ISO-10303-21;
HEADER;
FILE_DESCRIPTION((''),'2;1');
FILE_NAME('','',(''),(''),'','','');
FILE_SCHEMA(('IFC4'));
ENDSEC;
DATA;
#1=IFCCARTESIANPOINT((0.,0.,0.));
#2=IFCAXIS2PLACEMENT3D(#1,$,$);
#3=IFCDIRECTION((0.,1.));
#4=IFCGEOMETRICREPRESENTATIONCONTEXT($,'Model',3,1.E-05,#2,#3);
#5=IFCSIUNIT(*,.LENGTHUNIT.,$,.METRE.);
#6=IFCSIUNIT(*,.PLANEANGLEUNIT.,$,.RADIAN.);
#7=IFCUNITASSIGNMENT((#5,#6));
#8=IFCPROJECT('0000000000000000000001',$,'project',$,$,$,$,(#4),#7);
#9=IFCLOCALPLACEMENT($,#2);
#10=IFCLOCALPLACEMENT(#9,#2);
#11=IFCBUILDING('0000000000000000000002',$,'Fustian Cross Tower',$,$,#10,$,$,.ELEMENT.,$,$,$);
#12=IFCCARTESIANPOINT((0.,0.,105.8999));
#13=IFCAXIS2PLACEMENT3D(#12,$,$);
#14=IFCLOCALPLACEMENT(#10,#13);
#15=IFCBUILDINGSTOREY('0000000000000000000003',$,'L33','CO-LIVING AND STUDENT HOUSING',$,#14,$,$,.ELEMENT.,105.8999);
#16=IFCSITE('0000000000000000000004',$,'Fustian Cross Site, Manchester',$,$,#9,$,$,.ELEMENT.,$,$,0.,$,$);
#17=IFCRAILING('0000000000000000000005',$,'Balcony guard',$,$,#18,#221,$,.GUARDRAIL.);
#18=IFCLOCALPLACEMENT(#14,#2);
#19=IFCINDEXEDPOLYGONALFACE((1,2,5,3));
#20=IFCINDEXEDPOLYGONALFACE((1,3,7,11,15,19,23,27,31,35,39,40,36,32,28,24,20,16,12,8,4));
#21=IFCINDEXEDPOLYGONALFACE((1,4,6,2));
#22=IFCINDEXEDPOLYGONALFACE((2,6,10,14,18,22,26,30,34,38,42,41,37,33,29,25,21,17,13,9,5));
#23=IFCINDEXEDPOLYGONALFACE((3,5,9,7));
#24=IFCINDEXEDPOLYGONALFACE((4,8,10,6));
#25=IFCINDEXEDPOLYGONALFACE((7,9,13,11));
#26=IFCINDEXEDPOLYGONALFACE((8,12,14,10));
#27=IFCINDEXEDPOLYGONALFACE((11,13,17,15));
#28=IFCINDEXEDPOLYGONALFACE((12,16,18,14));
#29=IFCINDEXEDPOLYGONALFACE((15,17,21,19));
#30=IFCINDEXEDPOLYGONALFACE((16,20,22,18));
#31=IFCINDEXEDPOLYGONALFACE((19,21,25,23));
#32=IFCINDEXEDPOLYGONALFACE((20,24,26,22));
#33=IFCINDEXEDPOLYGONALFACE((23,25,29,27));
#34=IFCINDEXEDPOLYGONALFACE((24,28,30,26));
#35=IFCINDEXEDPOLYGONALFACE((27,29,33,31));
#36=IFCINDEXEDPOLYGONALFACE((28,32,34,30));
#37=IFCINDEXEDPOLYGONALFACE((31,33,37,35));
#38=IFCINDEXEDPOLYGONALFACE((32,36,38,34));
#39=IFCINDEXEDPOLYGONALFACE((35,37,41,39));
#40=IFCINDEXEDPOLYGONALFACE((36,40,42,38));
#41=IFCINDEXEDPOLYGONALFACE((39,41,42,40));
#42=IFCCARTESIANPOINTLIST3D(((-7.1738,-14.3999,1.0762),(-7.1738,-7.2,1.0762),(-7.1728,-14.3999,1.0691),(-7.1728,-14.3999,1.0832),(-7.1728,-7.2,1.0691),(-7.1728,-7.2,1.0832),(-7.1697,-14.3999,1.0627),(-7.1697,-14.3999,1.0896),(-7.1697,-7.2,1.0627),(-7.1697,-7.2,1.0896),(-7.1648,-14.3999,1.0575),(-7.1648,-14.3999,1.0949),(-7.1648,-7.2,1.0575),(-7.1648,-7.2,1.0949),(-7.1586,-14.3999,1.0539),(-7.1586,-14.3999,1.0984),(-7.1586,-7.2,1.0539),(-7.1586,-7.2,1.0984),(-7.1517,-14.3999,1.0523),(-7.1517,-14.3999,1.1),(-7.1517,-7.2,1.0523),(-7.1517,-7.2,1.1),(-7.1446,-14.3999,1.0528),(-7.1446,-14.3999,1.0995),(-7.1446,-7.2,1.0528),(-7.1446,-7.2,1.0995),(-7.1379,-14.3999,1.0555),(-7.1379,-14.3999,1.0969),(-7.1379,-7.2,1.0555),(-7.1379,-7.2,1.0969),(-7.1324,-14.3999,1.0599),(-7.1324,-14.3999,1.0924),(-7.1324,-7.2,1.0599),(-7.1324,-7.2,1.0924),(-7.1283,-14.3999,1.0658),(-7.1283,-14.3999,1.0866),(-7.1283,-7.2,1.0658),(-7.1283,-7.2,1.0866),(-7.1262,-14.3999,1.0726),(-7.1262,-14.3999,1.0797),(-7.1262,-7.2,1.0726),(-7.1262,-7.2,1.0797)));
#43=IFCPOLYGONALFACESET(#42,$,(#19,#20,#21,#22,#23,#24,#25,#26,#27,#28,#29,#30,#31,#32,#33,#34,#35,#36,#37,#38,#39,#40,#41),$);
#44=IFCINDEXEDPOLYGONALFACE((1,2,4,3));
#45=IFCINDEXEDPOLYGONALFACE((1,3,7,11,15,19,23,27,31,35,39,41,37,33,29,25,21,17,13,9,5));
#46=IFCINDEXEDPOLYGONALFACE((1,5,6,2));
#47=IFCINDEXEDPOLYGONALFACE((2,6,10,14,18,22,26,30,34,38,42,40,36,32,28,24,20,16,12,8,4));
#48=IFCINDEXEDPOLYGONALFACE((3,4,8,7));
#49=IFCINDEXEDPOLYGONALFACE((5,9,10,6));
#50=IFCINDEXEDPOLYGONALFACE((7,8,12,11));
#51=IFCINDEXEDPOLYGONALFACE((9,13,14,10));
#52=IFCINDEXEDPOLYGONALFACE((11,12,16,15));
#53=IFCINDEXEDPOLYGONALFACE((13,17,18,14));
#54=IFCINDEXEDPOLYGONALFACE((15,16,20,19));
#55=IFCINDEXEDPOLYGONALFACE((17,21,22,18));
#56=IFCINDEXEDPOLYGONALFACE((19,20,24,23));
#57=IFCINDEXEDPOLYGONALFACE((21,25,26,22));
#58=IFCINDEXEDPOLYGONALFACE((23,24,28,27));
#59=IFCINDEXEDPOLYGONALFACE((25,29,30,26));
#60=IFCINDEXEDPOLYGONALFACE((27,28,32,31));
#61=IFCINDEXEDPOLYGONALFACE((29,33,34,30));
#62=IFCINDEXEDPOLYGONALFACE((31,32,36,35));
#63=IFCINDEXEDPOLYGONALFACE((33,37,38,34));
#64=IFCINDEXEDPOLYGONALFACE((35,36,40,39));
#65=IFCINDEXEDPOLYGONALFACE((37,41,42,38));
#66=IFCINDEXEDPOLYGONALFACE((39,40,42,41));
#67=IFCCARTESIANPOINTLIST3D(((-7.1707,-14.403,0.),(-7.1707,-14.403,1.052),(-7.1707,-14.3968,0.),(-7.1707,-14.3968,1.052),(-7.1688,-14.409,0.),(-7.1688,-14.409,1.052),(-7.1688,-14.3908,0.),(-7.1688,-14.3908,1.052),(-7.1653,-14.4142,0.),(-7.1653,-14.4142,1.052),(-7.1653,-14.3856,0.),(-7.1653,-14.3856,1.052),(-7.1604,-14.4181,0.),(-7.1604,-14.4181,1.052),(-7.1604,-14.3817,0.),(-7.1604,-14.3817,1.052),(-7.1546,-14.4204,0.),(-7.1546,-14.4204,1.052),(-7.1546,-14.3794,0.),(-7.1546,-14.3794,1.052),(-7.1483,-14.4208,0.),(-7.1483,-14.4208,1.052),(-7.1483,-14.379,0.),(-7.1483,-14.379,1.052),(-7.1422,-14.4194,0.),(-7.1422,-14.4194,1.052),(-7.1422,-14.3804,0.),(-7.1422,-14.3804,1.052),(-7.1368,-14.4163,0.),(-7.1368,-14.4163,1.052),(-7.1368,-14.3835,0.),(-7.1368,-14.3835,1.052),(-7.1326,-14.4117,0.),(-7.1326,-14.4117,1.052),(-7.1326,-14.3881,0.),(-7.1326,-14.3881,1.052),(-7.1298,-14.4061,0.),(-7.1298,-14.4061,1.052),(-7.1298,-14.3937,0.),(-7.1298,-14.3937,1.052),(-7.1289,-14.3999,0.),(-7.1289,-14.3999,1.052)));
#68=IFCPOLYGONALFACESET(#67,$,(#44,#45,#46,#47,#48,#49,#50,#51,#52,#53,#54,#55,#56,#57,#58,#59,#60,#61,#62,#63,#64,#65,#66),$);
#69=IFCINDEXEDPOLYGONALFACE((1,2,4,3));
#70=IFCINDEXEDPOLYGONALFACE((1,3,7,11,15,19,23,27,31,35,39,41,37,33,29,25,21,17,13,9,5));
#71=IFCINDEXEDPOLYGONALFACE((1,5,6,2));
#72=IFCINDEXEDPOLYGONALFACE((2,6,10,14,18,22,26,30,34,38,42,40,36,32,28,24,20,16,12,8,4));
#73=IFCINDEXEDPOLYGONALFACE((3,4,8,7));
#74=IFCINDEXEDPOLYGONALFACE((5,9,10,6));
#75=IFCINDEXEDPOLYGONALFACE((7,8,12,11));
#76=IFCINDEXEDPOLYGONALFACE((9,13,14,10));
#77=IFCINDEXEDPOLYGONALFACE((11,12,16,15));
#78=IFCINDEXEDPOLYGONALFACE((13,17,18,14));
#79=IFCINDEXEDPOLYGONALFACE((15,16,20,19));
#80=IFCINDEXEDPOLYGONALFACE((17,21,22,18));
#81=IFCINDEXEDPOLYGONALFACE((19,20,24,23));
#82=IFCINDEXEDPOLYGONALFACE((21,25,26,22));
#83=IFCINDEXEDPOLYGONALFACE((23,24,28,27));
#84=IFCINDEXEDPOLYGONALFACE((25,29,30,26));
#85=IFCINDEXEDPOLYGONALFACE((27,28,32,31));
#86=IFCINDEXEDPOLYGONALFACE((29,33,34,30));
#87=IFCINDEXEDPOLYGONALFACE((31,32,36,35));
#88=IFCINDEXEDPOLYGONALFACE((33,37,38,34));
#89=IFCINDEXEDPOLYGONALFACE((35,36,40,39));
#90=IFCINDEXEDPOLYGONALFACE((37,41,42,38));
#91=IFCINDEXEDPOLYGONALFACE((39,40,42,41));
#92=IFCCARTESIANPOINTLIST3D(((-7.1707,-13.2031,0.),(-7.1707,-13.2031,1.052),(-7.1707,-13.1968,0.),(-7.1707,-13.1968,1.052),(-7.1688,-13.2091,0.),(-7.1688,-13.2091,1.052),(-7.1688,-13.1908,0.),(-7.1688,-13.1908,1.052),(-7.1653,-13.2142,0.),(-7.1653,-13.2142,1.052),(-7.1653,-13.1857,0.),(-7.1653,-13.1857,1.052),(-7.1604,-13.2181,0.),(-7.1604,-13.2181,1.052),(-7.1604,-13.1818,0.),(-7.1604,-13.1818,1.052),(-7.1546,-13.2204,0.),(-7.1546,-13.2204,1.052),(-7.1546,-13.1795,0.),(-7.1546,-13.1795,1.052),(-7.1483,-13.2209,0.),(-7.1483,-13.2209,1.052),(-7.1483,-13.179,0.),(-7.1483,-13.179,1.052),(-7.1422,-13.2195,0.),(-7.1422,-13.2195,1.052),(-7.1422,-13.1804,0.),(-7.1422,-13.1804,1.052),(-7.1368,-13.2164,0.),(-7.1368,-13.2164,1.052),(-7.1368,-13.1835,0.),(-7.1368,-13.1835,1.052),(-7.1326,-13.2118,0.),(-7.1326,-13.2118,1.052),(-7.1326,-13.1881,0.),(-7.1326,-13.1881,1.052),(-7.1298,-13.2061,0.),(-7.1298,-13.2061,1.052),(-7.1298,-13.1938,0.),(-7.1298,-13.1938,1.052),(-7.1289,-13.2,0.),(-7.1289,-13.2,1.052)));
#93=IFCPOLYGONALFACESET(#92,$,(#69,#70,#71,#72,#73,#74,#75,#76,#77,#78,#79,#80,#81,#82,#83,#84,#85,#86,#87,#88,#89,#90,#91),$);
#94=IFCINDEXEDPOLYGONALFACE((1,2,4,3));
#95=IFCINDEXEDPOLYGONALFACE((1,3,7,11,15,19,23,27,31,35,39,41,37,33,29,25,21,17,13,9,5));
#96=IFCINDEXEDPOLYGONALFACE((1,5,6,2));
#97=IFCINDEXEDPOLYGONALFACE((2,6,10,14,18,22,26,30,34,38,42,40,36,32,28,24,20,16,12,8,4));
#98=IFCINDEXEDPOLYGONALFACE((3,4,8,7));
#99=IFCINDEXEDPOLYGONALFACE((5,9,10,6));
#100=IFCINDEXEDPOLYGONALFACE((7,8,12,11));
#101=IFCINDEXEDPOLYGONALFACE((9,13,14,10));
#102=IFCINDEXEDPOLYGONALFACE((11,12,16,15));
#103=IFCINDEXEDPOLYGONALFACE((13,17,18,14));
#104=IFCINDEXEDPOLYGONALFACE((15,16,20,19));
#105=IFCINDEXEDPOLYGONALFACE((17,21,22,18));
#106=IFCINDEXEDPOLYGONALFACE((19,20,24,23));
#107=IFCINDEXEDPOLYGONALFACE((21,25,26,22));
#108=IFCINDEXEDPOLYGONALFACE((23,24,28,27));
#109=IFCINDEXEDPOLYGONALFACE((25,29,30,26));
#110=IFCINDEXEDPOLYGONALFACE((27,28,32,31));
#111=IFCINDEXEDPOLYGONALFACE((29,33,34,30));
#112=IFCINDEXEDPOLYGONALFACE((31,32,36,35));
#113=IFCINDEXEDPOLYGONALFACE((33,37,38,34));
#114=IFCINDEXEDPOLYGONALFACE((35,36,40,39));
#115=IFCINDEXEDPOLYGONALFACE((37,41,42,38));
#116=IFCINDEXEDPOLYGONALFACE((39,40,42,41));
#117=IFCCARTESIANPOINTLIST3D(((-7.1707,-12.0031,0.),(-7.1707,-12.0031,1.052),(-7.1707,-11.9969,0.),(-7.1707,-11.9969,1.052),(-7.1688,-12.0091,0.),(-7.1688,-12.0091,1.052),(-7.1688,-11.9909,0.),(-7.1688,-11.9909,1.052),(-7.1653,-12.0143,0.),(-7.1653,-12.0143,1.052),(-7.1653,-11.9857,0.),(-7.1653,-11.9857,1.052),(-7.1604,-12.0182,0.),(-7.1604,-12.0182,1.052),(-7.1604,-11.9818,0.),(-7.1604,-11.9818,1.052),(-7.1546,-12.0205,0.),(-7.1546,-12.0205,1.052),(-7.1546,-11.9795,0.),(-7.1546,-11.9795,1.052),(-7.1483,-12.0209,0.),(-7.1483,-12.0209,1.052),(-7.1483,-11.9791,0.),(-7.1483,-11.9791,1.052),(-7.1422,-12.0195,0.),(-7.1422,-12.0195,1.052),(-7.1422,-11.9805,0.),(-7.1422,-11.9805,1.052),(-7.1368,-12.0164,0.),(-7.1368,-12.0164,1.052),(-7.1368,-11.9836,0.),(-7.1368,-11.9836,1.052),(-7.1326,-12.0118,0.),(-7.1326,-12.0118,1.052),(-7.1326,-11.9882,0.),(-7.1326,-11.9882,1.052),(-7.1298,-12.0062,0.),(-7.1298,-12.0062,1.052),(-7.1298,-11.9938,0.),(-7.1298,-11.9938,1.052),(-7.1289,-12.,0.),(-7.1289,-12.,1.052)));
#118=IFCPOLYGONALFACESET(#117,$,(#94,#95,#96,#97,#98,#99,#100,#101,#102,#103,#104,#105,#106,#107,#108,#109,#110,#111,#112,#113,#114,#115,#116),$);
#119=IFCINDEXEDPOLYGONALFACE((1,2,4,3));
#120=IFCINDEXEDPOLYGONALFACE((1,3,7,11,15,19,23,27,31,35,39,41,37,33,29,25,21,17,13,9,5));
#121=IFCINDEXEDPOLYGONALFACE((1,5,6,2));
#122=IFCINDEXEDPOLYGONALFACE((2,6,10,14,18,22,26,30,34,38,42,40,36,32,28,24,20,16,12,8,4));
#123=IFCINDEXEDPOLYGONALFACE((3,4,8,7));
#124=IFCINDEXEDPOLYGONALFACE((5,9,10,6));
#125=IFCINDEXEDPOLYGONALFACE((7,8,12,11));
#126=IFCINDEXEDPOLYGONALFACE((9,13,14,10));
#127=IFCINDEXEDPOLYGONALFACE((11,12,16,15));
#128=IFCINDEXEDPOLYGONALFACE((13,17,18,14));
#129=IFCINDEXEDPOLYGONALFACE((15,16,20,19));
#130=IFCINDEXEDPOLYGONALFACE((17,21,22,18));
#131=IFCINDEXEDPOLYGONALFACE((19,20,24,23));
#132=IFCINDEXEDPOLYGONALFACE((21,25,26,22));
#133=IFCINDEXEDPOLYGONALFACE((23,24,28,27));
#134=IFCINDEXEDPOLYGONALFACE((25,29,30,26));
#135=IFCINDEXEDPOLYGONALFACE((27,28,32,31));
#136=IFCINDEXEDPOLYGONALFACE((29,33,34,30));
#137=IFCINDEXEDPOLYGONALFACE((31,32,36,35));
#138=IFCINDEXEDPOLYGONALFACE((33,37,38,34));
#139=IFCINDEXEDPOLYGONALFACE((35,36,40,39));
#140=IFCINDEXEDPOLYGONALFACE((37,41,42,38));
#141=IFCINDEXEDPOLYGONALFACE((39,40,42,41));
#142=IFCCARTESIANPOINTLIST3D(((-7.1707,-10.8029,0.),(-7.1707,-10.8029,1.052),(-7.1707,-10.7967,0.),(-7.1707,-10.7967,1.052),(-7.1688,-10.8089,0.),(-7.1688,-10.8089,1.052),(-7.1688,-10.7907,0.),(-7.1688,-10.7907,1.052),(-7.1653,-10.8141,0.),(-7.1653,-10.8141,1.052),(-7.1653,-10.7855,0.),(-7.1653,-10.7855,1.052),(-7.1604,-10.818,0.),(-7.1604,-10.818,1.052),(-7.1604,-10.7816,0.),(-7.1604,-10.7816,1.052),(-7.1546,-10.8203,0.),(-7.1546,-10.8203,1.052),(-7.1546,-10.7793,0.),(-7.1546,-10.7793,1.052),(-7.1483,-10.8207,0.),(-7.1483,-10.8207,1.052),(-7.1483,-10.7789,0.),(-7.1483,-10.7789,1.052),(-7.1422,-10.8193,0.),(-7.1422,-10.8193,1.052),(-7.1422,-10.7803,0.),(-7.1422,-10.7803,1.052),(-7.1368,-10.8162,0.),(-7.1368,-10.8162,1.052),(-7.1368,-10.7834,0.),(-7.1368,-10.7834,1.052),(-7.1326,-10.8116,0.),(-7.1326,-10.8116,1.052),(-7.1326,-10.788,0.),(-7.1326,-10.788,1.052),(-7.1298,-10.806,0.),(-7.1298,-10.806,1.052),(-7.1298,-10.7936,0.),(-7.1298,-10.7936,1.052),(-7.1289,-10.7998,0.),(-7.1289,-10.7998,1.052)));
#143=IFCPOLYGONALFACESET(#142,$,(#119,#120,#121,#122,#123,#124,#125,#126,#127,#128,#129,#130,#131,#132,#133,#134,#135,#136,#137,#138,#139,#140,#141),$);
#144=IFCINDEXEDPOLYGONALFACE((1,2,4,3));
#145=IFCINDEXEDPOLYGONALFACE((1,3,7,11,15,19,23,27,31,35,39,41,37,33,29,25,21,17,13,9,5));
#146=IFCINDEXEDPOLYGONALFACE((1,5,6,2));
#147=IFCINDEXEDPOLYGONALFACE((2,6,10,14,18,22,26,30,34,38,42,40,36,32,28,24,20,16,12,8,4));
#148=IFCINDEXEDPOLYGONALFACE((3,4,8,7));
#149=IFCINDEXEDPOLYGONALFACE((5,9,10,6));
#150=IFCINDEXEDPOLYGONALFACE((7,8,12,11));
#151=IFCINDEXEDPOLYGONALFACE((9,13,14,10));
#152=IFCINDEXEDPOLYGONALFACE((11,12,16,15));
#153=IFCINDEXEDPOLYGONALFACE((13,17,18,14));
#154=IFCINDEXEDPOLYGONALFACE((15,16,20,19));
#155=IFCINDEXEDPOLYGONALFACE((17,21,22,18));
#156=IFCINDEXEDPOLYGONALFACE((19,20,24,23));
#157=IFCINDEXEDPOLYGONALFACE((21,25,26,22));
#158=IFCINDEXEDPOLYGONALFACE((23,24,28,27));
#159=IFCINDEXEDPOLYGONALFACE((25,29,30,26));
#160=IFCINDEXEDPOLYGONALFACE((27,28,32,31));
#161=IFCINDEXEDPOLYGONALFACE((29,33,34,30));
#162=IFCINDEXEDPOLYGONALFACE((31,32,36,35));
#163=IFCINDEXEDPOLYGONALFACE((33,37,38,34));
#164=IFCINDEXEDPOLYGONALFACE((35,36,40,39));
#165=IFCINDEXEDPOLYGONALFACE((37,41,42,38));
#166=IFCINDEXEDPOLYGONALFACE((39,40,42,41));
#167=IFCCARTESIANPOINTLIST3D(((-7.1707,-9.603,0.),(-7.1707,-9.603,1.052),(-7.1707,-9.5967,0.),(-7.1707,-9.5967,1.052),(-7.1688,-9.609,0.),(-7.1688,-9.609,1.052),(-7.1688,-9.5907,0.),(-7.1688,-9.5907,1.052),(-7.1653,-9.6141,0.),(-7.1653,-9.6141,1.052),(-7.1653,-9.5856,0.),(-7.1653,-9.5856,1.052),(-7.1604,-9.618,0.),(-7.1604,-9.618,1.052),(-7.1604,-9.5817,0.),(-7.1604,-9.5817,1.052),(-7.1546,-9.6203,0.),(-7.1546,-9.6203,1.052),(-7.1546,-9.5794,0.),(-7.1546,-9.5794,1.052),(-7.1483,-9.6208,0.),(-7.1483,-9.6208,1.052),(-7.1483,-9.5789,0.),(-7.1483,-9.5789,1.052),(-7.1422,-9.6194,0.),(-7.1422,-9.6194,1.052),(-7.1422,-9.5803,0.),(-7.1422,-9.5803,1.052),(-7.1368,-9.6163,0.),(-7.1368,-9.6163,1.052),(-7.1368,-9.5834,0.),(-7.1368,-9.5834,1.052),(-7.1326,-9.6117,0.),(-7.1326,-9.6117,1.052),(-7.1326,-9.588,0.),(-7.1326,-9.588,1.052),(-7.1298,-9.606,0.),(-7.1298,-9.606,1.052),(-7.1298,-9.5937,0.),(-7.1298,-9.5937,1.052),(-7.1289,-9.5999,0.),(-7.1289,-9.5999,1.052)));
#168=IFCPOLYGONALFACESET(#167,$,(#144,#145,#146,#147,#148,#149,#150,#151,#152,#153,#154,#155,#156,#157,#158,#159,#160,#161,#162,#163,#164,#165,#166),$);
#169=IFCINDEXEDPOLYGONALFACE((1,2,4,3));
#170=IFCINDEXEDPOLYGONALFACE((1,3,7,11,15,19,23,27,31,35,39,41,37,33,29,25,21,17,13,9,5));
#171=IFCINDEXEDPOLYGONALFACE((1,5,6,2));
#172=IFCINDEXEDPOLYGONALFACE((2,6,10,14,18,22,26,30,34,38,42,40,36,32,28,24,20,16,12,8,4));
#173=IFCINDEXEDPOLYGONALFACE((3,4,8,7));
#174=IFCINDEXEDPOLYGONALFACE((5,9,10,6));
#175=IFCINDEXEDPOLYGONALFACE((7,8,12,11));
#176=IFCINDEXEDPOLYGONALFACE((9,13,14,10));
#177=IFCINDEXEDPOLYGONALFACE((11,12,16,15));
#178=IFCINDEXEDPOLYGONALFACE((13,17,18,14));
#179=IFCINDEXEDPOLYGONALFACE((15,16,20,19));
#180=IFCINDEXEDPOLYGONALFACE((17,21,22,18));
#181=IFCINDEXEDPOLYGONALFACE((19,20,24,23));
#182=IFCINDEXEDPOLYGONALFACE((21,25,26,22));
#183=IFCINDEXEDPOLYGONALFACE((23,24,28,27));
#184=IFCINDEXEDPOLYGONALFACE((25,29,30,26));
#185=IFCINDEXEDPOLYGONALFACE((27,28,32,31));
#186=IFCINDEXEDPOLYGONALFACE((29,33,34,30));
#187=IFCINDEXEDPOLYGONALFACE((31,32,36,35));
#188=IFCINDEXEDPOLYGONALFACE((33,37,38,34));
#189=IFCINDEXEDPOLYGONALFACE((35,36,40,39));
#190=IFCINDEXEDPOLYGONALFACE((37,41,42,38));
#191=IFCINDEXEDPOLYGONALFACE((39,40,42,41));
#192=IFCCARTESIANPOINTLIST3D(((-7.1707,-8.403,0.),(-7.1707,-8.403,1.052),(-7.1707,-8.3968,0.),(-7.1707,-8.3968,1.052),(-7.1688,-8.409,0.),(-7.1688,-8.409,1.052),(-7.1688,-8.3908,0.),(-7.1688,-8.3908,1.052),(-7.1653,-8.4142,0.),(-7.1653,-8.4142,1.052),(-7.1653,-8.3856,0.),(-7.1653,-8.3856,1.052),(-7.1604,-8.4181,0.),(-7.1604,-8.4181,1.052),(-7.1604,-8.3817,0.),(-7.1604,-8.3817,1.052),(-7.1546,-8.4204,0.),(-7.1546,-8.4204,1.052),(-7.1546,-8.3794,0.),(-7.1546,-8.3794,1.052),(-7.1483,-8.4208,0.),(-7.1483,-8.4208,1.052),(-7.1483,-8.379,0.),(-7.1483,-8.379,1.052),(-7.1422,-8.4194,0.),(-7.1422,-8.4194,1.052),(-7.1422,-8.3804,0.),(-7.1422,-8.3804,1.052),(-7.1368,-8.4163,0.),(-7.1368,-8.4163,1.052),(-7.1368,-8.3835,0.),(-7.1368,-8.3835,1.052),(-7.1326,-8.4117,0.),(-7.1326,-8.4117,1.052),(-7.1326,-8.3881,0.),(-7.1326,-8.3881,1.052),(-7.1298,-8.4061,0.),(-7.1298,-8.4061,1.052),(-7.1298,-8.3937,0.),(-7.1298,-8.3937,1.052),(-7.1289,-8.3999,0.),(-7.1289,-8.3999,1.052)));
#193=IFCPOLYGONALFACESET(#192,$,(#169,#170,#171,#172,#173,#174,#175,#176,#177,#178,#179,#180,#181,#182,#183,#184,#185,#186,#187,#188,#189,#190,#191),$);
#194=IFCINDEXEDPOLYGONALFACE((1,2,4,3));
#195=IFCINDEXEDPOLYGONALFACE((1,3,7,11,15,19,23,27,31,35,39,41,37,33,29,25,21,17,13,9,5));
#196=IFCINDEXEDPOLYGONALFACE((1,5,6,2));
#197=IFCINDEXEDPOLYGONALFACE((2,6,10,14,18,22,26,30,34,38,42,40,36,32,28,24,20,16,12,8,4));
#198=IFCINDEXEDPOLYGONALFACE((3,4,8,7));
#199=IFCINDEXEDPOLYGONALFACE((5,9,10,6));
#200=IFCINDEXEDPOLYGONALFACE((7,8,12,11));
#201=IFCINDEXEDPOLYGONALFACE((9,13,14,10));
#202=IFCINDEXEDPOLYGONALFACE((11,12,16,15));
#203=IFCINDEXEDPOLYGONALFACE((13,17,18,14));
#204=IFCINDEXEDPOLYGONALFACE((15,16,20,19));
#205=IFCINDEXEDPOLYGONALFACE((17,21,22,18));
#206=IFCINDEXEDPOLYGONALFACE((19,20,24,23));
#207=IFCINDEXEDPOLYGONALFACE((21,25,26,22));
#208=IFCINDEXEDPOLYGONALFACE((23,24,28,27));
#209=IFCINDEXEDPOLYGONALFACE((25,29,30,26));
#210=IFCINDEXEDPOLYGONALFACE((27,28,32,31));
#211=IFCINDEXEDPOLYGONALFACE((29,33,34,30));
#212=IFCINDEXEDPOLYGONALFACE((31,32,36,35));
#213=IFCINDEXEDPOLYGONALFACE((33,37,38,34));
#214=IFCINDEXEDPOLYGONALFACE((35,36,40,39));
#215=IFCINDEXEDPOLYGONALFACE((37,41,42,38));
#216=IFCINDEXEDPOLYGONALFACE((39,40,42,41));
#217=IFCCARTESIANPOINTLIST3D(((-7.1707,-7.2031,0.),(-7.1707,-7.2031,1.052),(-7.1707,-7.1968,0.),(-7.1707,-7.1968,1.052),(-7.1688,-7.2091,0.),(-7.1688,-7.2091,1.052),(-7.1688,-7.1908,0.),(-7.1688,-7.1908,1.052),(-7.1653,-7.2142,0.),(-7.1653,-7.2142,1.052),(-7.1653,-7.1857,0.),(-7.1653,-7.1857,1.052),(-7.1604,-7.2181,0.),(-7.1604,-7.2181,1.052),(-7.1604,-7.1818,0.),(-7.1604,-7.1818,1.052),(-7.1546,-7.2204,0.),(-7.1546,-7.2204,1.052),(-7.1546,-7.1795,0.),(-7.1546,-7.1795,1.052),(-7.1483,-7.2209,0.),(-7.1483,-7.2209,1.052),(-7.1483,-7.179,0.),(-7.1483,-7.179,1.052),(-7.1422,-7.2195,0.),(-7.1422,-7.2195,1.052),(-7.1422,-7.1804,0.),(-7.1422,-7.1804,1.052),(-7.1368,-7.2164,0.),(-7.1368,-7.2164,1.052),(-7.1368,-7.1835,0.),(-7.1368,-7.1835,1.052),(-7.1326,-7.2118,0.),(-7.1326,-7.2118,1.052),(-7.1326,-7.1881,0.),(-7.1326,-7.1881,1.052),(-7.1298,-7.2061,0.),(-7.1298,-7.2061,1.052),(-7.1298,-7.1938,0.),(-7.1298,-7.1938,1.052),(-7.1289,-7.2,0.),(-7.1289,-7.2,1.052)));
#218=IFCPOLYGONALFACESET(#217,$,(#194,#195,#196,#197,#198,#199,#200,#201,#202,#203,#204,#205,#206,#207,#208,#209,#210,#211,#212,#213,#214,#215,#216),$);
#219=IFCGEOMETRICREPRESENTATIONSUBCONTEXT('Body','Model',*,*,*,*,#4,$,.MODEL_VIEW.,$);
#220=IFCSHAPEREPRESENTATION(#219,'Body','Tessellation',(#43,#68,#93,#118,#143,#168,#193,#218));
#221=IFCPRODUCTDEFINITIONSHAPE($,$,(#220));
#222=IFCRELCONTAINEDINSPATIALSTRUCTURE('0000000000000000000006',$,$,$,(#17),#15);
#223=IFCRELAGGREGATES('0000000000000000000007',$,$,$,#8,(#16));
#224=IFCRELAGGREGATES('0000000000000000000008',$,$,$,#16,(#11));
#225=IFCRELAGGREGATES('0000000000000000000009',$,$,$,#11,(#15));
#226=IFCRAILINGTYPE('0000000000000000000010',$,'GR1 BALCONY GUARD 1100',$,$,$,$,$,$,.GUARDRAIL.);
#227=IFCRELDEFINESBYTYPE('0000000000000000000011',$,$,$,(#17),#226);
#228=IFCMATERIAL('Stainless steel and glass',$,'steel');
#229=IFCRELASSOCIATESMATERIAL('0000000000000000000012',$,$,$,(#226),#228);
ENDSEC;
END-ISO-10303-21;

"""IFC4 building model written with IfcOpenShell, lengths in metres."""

from ifc_helpers import new_model, si_unit, direction, frame, origin, origin_2d, place, context, subcontext, project, spatial, circle, extrude, material, type_object, element, save


model = new_model("IFC4")

# Units and contexts
model_context = context("Model", 3, precision=1e-05, world=origin(), true_north=direction((0.0, 1.0)))
body_context = subcontext(model_context, "Body", "Model", "MODEL_VIEW")
ifc_project = project(units=[si_unit("LENGTHUNIT", "METRE"), si_unit("PLANEANGLEUNIT", "RADIAN")], contexts=[model_context])

# Site, building, storey
site_placement = place(None, origin())
site = spatial("IfcSite", under=ifc_project, at=site_placement, Name="Fustian Cross Site, Manchester", CompositionType="ELEMENT", RefElevation=0.0)
building_placement = place(site_placement, origin())
building = spatial("IfcBuilding", under=site, at=building_placement, Name="Fustian Cross Tower", CompositionType="ELEMENT")
storey_placement = place(building_placement, frame((0.0, 0.0, 105.8999)))
storey = spatial("IfcBuildingStorey", under=building, at=storey_placement, Name="L33", Description="CO-LIVING AND STUDENT HOUSING", CompositionType="ELEMENT", Elevation=105.8999)

# Railing
ifc_material_1 = material(Name="Stainless steel and glass", Category="steel")
railing_type = type_object("IfcRailingType", Name="GR1 BALCONY GUARD 1100", PredefinedType="GUARDRAIL", material=ifc_material_1)
railing_placement = place(storey_placement, frame((-7.1499, -14.3999, 0.0)))
element("IfcRailing", 1, at=railing_placement, inside=storey, type_object=railing_type, Name="Balcony guard", PredefinedType="GUARDRAIL", context=body_context, shape_type="SweptSolid", body=[
    extrude(circle(Radius=0.0239, at=origin_2d()), frame((0.0, 0.0, 1.0762), z_axis=(0.0, 1.0, 0.0), x_axis=(-1.0, 0.0, 0.0)), (0.0, 0.0, 1.0), 7.2),
    extrude(circle(Radius=0.021, at=origin_2d()), origin(), (0.0, 0.0, 1.0), 1.052),
    extrude(circle(Radius=0.021, at=origin_2d()), frame((0.0, 1.2, 0.0)), (0.0, 0.0, 1.0), 1.052),
    extrude(circle(Radius=0.021, at=origin_2d()), frame((0.0, 2.3999, 0.0)), (0.0, 0.0, 1.0), 1.052),
    extrude(circle(Radius=0.021, at=origin_2d()), frame((0.0, 3.6001, 0.0)), (0.0, 0.0, 1.0), 1.052),
    extrude(circle(Radius=0.021, at=origin_2d()), frame((0.0, 4.8, 0.0)), (0.0, 0.0, 1.0), 1.052),
    extrude(circle(Radius=0.021, at=origin_2d()), frame((0.0, 6.0, 0.0)), (0.0, 0.0, 1.0), 1.052),
    extrude(circle(Radius=0.021, at=origin_2d()), frame((0.0, 7.2, 0.0)), (0.0, 0.0, 1.0), 1.052),
])

save(model, "model.ifc")
